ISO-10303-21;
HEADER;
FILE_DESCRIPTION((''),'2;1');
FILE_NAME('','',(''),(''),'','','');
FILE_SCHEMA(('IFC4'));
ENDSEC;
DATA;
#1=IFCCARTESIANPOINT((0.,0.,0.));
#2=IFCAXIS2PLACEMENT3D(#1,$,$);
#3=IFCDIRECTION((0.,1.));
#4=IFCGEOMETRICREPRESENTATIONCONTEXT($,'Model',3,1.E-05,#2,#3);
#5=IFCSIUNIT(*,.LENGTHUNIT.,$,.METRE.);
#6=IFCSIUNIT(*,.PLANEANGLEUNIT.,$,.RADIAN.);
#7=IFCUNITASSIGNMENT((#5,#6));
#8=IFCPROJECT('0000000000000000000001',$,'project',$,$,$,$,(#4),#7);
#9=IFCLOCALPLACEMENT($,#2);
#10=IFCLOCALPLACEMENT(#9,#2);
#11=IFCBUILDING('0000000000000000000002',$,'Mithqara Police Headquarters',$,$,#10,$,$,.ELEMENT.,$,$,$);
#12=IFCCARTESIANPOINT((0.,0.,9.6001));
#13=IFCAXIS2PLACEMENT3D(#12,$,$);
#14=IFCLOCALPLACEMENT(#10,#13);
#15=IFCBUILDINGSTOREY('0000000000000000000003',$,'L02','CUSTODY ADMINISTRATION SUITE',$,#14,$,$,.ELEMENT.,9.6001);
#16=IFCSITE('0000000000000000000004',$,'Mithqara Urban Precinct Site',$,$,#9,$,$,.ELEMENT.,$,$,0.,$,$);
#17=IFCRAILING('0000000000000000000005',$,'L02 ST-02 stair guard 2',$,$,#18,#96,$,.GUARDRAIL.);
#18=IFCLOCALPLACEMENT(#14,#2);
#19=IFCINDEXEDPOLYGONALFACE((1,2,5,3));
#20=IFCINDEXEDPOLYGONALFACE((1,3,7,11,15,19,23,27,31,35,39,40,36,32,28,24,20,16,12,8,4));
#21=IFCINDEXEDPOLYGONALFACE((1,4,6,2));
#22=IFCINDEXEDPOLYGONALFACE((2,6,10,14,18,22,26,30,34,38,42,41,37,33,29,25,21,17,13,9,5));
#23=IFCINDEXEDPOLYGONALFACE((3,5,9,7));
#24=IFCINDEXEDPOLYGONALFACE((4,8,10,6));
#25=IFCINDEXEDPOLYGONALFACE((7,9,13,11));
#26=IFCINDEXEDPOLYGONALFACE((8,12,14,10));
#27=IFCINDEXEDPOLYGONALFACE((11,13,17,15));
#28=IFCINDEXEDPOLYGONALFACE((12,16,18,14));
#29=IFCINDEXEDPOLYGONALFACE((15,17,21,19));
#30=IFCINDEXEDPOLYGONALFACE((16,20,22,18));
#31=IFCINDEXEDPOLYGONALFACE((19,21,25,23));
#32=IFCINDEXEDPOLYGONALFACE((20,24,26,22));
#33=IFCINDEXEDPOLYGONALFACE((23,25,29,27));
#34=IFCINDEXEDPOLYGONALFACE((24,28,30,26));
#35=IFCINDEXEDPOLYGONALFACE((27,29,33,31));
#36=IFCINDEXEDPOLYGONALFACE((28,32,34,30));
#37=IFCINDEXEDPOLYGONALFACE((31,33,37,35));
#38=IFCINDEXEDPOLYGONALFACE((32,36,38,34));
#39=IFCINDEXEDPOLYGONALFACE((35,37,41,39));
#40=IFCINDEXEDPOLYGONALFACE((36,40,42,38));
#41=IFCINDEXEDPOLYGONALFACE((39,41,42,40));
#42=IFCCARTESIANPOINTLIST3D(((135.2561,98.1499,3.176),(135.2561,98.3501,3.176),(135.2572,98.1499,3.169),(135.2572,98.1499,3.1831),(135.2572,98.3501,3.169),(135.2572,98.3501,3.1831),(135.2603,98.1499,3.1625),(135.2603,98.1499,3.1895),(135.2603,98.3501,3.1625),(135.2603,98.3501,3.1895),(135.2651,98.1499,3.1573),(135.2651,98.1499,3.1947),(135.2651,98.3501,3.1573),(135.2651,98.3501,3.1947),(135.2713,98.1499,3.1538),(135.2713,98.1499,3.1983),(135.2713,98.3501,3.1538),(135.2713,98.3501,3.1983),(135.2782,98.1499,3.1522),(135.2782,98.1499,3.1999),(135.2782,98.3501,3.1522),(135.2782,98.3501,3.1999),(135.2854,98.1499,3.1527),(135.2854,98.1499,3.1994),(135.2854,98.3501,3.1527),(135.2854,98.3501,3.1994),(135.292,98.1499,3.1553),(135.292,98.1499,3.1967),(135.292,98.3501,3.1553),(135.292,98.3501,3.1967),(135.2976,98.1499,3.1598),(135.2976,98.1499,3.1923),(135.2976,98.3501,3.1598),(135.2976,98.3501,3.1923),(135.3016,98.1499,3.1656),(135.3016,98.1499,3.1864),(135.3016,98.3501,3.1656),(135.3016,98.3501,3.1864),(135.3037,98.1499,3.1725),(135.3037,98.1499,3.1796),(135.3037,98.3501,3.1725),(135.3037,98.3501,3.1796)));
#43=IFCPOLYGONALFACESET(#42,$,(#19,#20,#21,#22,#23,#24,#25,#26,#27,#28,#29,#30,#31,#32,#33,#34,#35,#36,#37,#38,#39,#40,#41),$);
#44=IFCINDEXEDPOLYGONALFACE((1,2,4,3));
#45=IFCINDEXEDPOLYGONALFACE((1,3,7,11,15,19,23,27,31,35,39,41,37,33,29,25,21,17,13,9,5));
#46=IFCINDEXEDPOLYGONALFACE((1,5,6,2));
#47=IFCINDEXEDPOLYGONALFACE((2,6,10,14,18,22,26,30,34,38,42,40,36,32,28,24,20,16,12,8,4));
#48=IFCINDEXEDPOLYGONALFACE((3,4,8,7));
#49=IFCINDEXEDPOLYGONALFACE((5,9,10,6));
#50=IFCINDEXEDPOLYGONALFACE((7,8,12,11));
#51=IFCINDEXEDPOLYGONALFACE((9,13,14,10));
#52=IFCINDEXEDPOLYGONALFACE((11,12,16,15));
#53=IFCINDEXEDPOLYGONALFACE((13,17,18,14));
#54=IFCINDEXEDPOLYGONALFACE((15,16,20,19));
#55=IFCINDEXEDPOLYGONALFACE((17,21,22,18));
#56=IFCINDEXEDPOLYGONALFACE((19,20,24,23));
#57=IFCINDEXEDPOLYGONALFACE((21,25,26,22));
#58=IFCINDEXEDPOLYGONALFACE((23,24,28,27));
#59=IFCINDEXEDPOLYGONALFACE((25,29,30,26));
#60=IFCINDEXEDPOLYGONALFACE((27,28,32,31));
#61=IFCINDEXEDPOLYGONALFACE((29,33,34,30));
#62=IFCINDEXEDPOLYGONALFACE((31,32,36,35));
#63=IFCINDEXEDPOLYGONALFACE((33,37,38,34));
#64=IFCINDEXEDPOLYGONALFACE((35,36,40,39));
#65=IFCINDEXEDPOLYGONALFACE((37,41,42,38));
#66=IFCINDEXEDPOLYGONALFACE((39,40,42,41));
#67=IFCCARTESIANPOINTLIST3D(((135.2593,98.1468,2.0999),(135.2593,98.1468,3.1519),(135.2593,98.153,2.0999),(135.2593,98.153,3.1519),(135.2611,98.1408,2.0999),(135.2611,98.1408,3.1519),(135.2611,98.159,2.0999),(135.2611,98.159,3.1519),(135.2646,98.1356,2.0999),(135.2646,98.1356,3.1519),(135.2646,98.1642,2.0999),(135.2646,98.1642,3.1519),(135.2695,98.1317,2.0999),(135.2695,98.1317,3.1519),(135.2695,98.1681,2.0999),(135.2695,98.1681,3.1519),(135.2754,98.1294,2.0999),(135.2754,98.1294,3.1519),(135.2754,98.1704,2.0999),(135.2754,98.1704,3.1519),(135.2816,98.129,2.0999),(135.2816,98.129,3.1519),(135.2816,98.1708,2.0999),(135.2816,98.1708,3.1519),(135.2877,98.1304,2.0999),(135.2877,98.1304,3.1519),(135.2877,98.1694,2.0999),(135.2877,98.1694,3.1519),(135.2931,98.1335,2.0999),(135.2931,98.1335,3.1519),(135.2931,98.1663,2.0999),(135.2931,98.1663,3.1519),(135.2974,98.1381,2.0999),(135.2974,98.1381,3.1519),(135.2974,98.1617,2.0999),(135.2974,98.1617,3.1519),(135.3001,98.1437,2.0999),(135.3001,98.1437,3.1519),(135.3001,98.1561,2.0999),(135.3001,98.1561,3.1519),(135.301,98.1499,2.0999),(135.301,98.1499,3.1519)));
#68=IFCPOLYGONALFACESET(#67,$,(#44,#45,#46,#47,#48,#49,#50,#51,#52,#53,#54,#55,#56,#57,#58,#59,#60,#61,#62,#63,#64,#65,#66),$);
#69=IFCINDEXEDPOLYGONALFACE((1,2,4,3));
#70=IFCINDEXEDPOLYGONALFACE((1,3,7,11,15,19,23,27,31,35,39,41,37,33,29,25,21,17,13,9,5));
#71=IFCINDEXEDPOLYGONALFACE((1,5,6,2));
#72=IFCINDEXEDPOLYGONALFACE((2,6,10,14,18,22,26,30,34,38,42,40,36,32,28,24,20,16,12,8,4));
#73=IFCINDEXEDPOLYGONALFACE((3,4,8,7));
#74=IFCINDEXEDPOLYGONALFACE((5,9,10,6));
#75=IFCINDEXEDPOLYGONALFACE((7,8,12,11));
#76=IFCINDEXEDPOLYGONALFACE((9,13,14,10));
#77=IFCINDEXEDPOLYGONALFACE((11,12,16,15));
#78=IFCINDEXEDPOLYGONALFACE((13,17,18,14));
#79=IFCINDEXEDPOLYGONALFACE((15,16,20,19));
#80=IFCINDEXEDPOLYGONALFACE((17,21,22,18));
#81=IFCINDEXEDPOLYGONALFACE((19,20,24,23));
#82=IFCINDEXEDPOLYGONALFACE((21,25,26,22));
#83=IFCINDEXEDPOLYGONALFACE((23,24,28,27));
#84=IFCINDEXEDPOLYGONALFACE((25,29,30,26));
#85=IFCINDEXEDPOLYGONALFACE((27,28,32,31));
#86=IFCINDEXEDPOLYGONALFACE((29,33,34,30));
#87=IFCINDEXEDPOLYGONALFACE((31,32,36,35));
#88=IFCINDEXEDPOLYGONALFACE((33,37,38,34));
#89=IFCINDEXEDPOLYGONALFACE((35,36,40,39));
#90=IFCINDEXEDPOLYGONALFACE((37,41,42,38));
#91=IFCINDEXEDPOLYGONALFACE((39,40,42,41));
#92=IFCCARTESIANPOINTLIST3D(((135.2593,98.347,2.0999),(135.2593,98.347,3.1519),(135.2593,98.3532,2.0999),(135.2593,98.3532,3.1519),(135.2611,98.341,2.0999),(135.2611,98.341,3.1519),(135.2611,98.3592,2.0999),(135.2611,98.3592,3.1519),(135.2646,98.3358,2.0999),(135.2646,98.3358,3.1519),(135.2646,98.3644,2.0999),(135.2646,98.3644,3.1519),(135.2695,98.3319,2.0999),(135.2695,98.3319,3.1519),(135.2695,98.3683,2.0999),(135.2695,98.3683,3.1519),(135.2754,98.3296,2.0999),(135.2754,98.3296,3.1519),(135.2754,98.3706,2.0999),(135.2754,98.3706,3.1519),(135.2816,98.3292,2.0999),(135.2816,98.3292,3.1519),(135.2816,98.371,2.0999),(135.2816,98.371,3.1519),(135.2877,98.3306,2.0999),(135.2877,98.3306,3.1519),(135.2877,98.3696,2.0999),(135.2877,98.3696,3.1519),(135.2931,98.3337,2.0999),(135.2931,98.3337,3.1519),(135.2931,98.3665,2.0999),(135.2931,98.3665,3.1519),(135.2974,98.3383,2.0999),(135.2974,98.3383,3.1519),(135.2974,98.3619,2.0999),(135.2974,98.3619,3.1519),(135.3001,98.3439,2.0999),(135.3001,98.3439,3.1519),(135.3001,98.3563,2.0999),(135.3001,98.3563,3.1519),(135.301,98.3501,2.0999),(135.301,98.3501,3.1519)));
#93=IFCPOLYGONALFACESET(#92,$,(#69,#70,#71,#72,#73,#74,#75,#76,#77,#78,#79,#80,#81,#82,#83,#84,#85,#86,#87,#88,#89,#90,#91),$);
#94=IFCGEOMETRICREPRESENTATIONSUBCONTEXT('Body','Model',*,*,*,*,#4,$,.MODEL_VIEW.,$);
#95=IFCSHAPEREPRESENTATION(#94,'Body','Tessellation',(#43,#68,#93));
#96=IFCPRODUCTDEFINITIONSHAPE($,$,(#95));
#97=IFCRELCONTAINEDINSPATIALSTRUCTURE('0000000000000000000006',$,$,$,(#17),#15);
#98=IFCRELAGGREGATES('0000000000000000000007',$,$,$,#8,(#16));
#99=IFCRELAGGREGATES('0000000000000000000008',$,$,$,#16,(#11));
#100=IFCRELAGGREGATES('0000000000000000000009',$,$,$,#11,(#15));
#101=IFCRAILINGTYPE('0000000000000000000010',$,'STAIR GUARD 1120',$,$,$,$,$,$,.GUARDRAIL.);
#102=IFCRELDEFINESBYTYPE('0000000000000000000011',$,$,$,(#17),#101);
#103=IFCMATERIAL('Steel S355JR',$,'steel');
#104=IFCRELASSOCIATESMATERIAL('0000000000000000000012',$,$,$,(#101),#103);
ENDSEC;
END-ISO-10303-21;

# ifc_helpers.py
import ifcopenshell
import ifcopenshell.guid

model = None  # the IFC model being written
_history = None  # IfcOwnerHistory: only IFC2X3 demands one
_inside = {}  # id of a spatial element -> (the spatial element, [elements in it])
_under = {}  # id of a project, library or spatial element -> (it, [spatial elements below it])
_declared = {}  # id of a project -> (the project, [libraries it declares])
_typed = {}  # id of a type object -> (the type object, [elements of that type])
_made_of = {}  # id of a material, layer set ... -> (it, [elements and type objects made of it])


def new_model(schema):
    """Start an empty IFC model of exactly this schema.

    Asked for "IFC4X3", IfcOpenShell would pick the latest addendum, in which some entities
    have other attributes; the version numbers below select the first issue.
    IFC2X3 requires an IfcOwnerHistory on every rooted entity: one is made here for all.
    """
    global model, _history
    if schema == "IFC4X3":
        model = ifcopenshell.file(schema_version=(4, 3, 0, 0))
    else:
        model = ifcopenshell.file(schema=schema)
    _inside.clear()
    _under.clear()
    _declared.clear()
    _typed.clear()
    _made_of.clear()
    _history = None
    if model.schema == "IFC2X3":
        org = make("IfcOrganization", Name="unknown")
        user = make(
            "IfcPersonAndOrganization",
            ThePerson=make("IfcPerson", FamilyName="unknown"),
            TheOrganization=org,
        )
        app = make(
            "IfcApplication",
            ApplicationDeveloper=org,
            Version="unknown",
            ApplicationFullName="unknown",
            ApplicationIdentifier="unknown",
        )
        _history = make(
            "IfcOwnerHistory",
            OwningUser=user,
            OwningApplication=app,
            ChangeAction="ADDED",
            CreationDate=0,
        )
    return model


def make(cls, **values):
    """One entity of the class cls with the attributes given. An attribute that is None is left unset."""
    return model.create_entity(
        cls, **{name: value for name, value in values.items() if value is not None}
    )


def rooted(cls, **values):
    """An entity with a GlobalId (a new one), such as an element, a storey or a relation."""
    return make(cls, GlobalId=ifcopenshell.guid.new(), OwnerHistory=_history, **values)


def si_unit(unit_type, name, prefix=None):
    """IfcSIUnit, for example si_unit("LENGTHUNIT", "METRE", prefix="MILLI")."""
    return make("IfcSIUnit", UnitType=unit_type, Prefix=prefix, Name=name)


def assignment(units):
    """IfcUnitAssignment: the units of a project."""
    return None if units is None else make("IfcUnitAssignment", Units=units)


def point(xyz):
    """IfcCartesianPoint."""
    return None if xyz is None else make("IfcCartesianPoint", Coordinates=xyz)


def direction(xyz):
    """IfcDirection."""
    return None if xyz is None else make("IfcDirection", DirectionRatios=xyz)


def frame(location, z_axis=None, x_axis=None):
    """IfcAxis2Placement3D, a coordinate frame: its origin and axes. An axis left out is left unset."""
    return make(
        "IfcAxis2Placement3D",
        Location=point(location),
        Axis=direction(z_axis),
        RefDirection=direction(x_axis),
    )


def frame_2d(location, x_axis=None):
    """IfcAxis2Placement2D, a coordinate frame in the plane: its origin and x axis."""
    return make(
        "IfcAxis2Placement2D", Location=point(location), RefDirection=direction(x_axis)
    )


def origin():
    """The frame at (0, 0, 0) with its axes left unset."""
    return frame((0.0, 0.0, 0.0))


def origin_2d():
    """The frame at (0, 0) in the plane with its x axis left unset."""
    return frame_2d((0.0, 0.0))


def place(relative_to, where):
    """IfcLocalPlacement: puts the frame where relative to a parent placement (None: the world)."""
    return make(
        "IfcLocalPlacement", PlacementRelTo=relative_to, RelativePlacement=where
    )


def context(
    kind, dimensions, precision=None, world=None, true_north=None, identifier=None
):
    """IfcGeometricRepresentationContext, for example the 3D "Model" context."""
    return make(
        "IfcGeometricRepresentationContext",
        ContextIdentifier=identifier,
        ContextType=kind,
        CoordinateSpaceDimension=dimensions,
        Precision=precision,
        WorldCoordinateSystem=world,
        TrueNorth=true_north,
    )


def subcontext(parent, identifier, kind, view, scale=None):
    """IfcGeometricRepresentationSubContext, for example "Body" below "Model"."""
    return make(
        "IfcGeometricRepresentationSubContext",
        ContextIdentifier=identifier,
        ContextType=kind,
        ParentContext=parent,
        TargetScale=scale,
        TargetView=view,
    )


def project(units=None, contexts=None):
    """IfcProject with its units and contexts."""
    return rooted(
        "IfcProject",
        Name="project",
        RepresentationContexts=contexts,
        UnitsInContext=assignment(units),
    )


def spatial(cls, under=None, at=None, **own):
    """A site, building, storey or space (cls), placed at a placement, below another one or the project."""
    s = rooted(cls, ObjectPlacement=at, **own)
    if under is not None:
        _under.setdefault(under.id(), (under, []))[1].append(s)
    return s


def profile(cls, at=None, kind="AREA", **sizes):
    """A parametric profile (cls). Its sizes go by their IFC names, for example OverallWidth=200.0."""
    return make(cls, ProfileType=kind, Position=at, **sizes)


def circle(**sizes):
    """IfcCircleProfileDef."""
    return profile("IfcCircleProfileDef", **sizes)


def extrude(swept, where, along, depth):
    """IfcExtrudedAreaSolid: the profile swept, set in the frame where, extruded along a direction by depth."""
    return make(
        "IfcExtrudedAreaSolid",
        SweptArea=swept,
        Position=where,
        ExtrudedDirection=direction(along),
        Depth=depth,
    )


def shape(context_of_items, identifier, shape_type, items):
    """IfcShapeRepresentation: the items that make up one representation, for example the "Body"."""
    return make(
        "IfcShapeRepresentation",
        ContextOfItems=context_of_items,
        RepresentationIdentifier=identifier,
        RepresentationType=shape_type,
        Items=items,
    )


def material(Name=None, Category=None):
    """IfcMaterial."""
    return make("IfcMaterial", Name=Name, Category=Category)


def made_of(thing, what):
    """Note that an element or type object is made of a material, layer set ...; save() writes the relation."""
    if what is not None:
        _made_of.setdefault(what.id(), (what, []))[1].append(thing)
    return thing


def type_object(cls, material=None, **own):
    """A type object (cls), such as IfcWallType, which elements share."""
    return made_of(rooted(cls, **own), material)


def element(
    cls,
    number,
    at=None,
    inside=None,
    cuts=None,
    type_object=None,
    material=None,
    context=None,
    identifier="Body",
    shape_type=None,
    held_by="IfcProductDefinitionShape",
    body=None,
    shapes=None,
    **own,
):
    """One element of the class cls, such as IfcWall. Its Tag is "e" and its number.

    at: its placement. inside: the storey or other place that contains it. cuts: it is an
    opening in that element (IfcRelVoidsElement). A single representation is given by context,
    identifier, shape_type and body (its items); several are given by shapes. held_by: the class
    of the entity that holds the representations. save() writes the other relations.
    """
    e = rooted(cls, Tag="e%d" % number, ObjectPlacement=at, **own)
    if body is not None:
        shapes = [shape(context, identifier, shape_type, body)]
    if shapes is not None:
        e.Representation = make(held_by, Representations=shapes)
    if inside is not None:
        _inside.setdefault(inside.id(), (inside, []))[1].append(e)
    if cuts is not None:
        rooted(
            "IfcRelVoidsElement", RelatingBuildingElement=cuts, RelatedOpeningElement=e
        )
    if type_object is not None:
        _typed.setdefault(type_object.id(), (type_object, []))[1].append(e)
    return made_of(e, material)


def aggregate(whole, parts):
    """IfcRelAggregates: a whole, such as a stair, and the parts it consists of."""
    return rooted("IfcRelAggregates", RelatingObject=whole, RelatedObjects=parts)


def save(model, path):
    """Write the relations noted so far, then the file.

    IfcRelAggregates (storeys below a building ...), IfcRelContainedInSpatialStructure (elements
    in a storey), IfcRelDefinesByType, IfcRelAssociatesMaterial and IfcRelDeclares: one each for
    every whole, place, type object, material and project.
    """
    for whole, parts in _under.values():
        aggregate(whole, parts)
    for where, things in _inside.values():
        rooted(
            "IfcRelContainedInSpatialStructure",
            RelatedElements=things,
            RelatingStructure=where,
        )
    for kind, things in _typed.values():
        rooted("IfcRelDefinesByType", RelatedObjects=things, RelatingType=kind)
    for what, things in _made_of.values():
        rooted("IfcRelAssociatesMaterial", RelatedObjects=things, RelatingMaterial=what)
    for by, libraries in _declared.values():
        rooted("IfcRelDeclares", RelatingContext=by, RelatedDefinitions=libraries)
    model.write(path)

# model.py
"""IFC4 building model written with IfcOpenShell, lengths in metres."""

from ifc_helpers import new_model, si_unit, direction, frame, origin, origin_2d, place, context, subcontext, project, spatial, circle, extrude, material, type_object, element, save


model = new_model("IFC4")

# Units and contexts
model_context = context("Model", 3, precision=1e-05, world=origin(), true_north=direction((0.0, 1.0)))
body_context = subcontext(model_context, "Body", "Model", "MODEL_VIEW")
ifc_project = project(units=[si_unit("LENGTHUNIT", "METRE"), si_unit("PLANEANGLEUNIT", "RADIAN")], contexts=[model_context])

# Site, building, storey
site_placement = place(None, origin())
site = spatial("IfcSite", under=ifc_project, at=site_placement, Name="Mithqara Urban Precinct Site", CompositionType="ELEMENT", RefElevation=0.0)
building_placement = place(site_placement, origin())
building = spatial("IfcBuilding", under=site, at=building_placement, Name="Mithqara Police Headquarters", CompositionType="ELEMENT")
storey_placement = place(building_placement, frame((0.0, 0.0, 9.6001)))
storey = spatial("IfcBuildingStorey", under=building, at=storey_placement, Name="L02", Description="CUSTODY ADMINISTRATION SUITE", CompositionType="ELEMENT", Elevation=9.6001)

# Shared definitions
ifc_material_1 = material(Name="Steel S355JR", Category="steel")

# Railing
railing_type_1 = type_object("IfcRailingType", Name="STAIR GUARD 1120", PredefinedType="GUARDRAIL", material=ifc_material_1)
railing_1_placement = place(storey_placement, frame((135.28, 98.1499, 2.0999)))
element("IfcRailing", 1, at=railing_1_placement, inside=storey, type_object=railing_type_1, Name="L02 ST-02 stair guard 2", PredefinedType="GUARDRAIL", context=body_context, shape_type="SweptSolid", body=[
    extrude(circle(Radius=0.0239, at=origin_2d()), frame((0.0, 0.0, 1.0762), z_axis=(0.0, 1.0, 0.0), x_axis=(-1.0, 0.0, 0.0)), (0.0, 0.0, 1.0), 0.2002),
    extrude(circle(Radius=0.021, at=origin_2d()), origin(), (0.0, 0.0, 1.0), 1.052),
    extrude(circle(Radius=0.021, at=origin_2d()), frame((0.0, 0.2002, 0.0)), (0.0, 0.0, 1.0), 1.052),
])

save(model, "model.ifc")
